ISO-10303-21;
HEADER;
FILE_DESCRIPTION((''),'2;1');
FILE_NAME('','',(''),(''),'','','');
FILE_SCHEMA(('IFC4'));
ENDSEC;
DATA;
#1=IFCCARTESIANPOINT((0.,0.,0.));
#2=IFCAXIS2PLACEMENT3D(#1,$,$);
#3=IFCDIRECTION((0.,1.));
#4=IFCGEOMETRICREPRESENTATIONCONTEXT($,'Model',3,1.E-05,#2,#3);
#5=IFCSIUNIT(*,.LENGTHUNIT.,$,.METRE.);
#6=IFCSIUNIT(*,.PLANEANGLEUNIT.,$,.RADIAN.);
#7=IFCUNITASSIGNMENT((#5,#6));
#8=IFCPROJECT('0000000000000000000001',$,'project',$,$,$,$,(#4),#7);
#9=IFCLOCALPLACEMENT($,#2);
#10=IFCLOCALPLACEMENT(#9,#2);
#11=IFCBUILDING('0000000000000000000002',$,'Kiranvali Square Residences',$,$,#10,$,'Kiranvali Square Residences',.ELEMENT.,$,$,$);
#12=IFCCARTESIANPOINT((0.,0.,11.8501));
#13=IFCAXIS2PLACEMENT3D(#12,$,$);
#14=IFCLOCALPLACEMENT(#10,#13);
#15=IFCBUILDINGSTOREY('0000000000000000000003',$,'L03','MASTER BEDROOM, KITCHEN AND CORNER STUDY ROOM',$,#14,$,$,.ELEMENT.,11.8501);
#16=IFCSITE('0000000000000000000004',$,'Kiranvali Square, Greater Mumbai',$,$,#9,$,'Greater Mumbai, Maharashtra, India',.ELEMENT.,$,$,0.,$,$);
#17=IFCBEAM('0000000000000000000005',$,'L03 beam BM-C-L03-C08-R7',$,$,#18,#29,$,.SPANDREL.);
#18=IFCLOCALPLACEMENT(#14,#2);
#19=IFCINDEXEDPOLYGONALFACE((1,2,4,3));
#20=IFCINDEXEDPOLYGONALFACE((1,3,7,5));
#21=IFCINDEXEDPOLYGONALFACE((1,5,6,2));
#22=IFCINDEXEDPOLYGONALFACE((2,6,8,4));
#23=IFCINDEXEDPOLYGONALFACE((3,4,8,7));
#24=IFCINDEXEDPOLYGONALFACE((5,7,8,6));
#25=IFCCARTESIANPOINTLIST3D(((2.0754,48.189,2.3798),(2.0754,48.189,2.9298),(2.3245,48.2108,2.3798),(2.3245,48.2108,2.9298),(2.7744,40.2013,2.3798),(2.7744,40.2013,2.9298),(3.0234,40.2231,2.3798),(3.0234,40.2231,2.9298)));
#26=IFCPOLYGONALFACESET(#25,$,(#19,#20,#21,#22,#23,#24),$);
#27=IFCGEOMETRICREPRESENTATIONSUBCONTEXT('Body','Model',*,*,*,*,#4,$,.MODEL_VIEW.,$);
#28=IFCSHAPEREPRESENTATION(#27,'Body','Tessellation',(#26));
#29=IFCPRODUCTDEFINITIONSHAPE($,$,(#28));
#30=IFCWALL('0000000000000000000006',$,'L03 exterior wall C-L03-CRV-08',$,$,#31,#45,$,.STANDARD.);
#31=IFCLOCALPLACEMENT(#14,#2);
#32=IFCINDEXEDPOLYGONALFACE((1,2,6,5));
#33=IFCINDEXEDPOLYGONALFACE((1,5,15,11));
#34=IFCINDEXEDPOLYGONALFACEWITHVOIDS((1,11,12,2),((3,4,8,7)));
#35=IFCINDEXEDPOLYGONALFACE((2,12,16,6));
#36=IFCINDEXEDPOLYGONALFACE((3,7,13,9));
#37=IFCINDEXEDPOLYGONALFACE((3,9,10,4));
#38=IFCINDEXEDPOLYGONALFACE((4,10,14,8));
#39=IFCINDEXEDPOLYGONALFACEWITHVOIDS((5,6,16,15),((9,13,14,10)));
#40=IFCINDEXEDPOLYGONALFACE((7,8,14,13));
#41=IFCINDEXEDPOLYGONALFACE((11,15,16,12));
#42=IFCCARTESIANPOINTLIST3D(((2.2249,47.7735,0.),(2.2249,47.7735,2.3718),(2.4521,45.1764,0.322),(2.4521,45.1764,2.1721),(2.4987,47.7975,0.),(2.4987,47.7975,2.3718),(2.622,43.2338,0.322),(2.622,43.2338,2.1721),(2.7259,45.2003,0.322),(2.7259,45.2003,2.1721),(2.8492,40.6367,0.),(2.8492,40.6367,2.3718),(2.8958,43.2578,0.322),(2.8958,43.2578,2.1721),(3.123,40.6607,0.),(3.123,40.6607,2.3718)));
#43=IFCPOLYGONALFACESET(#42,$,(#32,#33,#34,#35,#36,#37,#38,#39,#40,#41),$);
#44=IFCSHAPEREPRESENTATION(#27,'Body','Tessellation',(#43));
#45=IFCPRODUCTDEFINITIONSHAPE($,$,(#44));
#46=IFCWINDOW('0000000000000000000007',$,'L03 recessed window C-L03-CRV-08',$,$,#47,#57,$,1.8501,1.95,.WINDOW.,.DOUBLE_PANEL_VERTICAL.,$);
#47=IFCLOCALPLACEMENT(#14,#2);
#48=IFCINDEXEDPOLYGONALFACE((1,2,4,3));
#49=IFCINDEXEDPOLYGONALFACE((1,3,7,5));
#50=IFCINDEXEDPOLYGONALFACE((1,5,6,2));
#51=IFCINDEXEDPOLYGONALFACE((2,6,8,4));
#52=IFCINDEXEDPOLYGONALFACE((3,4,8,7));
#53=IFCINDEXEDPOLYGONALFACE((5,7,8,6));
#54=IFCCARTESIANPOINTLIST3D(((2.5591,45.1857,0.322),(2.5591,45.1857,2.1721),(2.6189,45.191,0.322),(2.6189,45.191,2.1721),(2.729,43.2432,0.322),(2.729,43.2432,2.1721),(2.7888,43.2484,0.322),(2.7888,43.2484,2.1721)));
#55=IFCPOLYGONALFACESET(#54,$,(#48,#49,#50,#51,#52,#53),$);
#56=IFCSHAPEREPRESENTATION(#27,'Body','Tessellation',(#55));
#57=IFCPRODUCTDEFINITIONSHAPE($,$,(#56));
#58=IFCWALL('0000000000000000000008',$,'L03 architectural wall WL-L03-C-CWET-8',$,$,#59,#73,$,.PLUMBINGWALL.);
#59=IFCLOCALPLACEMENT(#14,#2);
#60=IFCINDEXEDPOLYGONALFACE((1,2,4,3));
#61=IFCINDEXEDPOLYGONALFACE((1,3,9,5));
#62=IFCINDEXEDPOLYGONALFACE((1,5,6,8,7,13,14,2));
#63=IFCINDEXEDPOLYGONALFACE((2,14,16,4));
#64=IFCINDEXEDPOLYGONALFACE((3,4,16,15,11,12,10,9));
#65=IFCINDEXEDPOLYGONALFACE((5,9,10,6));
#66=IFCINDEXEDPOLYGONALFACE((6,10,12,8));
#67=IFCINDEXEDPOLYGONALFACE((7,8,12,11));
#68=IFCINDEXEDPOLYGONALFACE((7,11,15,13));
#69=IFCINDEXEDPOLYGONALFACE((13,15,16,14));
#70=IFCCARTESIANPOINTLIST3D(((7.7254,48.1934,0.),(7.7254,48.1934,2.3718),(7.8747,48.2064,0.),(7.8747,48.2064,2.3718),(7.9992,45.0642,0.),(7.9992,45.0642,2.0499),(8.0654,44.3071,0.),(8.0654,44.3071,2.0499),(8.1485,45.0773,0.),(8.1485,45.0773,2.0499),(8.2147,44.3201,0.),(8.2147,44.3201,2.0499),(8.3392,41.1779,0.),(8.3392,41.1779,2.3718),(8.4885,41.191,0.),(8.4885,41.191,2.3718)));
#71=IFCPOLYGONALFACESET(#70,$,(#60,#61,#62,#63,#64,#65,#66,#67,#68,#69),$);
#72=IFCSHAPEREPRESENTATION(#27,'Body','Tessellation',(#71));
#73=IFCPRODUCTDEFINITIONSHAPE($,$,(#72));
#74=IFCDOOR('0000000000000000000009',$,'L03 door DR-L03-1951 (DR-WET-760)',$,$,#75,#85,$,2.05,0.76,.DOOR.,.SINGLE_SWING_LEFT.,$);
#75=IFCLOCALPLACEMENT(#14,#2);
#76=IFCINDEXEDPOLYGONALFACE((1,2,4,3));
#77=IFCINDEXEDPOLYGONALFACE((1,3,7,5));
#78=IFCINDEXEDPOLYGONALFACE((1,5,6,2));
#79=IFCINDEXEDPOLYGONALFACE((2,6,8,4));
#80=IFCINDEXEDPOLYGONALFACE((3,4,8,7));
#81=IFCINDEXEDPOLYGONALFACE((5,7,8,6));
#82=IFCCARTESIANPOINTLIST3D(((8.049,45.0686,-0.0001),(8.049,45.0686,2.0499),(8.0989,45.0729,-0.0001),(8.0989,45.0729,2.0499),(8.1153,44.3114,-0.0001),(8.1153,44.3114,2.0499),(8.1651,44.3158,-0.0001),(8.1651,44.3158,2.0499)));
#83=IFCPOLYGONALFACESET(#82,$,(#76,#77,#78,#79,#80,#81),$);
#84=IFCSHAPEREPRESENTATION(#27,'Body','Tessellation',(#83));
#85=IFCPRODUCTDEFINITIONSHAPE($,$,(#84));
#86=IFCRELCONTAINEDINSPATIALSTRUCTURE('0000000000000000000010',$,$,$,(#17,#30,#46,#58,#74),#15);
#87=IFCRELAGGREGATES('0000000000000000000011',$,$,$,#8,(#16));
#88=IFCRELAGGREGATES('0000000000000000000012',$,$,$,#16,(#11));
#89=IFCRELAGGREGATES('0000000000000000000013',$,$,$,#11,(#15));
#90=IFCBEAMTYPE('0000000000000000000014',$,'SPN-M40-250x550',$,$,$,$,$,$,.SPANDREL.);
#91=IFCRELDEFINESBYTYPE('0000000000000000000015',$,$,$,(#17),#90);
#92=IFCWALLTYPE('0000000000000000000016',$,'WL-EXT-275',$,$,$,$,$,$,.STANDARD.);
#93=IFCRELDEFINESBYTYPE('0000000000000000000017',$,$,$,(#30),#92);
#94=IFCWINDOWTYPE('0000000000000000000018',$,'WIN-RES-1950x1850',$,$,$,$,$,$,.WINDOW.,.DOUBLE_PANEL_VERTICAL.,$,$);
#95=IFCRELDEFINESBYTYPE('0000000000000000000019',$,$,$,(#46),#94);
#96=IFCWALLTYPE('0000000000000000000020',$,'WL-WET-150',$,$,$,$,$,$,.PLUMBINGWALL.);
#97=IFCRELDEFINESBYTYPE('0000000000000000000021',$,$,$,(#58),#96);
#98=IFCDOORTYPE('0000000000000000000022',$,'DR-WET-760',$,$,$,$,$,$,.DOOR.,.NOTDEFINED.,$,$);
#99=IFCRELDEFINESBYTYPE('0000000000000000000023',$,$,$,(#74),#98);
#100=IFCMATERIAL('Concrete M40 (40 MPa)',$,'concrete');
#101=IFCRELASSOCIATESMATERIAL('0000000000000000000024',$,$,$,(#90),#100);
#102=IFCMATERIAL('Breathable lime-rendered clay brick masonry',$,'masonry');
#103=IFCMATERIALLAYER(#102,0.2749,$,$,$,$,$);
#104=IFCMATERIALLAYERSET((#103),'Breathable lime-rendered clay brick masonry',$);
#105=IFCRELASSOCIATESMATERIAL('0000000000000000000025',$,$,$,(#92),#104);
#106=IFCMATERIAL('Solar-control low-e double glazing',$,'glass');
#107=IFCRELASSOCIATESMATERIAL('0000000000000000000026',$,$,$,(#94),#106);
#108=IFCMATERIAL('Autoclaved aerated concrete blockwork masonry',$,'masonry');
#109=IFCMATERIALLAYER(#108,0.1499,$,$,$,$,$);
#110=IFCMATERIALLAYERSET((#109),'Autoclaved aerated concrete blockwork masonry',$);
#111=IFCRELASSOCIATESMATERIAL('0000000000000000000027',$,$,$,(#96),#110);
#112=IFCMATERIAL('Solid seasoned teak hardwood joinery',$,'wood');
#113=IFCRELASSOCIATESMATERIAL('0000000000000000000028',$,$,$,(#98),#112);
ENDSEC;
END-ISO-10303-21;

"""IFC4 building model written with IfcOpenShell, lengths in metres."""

from ifc_helpers import new_model, si_unit, direction, frame, frame_2d, origin, origin_2d, place, context, subcontext, project, spatial, rectangle, extrude, material, layer, layer_set, material_profile, profile_set, type_object, element, fill, save


model = new_model("IFC4")

# Units and contexts
model_context = context("Model", 3, precision=1e-05, world=origin(), true_north=direction((0.0, 1.0)))
body_context = subcontext(model_context, "Body", "Model", "MODEL_VIEW")
ifc_project = project(units=[si_unit("LENGTHUNIT", "METRE"), si_unit("PLANEANGLEUNIT", "RADIAN")], contexts=[model_context])

# Site, building, storey
site_placement = place(None, origin())
site = spatial("IfcSite", under=ifc_project, at=site_placement, Name="Kiranvali Square, Greater Mumbai", LongName="Greater Mumbai, Maharashtra, India", CompositionType="ELEMENT", RefElevation=0.0)
building_placement = place(site_placement, origin())
building = spatial("IfcBuilding", under=site, at=building_placement, Name="Kiranvali Square Residences", LongName="Kiranvali Square Residences", CompositionType="ELEMENT")
storey_placement = place(building_placement, frame((0.0, 0.0, 11.8501)))
storey = spatial("IfcBuildingStorey", under=building, at=storey_placement, Name="L03", Description="MASTER BEDROOM, KITCHEN AND CORNER STUDY ROOM", CompositionType="ELEMENT", Elevation=11.8501)

# Beam
ifc_material_1 = material(Name="Concrete M40 (40 MPa)", Category="concrete")
ifc_material_profile_1 = material_profile(ifc_material_1, rectangle(XDim=0.25, YDim=0.55, at=origin_2d()), Name="RC 250x550")
ifc_profile_set_1 = profile_set([ifc_material_profile_1], Name="Concrete M40 (40 MPa)")
beam_type_1 = type_object("IfcBeamType", Name="SPN-M40-250x550", PredefinedType="SPANDREL", material=ifc_profile_set_1)
beam_1_placement = place(storey_placement, frame((2.8989, 40.2122, 2.6548), z_axis=(-0.087172, 0.996193, 0.0), x_axis=(-0.996193, -0.087172, 0.0)))
element("IfcBeam", 1, at=beam_1_placement, inside=storey, type_object=beam_type_1, Name="L03 beam BM-C-L03-C08-R7", PredefinedType="SPANDREL", context=body_context, shape_type="SweptSolid", body=[
    extrude(rectangle(XDim=0.25, YDim=0.55, at=origin_2d()), origin(), (0.0, 0.0, 1.0), 8.0183),
])

# Wall, opening, window
ifc_material_2 = material(Name="Breathable lime-rendered clay brick masonry", Category="masonry")
ifc_layer_1 = layer(ifc_material_2, 0.2749)
ifc_layer_set_1 = layer_set([ifc_layer_1], Name="Breathable lime-rendered clay brick masonry")
wall_type_1 = type_object("IfcWallType", Name="WL-EXT-275", PredefinedType="STANDARD", material=ifc_layer_set_1)
wall_1_placement = place(storey_placement, frame((2.9861, 40.6487, 0.0), z_axis=(0.0, 0.0, 1.0), x_axis=(-0.08714, 0.996196, 0.0)))
wall_1 = element("IfcWall", 2, at=wall_1_placement, inside=storey, type_object=wall_type_1, Name="L03 exterior wall C-L03-CRV-08", PredefinedType="STANDARD", context=body_context, shape_type="SweptSolid", body=[
    extrude(rectangle(XDim=7.1641, YDim=0.2749, at=frame_2d((3.582, 0.0))), origin(), (0.0, 0.0, 1.0), 2.3718),
])
opening_1_placement = place(wall_1_placement, frame((2.6069, 0.0, 0.322)))
opening_1 = element("IfcOpeningElement", 3, at=opening_1_placement, cuts=wall_1, PredefinedType="OPENING", context=body_context, shape_type="SweptSolid", body=[
    extrude(rectangle(XDim=1.95, YDim=1.8501, at=frame_2d((0.9751, 0.925))), frame((0.0, 0.1475, 0.0), z_axis=(0.0, -1.0, 0.0), x_axis=(1.0, 0.0, 0.0)), (0.0, 0.0, 1.0), 0.2949),
])
ifc_material_3 = material(Name="Solar-control low-e double glazing", Category="glass")
window_type = type_object("IfcWindowType", Name="WIN-RES-1950x1850", PartitioningType="DOUBLE_PANEL_VERTICAL", PredefinedType="WINDOW", material=ifc_material_3)
window_placement = place(opening_1_placement, origin())
window = element("IfcWindow", 4, at=window_placement, inside=storey, type_object=window_type, Name="L03 recessed window C-L03-CRV-08", OverallHeight=1.8501, OverallWidth=1.95, PartitioningType="DOUBLE_PANEL_VERTICAL", PredefinedType="WINDOW", context=body_context, shape_type="SweptSolid", body=[
    extrude(rectangle(XDim=1.95, YDim=1.8501, at=frame_2d((0.9751, 0.925))), frame((0.0, 0.03, 0.0), z_axis=(0.0, -1.0, 0.0), x_axis=(1.0, 0.0, 0.0)), (0.0, 0.0, 1.0), 0.0601),
])
fill(opening_1, window)

# Wall, opening, door
ifc_material_4 = material(Name="Autoclaved aerated concrete blockwork masonry", Category="masonry")
ifc_layer_2 = layer(ifc_material_4, 0.1499)
ifc_layer_set_2 = layer_set([ifc_layer_2], Name="Autoclaved aerated concrete blockwork masonry")
wall_type_2 = type_object("IfcWallType", Name="WL-WET-150", PredefinedType="PLUMBINGWALL", material=ifc_layer_set_2)
wall_2_placement = place(storey_placement, frame((8.4138, 41.1846, 0.0), z_axis=(0.0, 0.0, 1.0), x_axis=(-0.087156, 0.996195, 0.0)))
wall_2 = element("IfcWall", 5, at=wall_2_placement, inside=storey, type_object=wall_type_2, Name="L03 architectural wall WL-L03-C-CWET-8", PredefinedType="PLUMBINGWALL", context=body_context, shape_type="SweptSolid", body=[
    extrude(rectangle(XDim=7.0422, YDim=0.1499, at=frame_2d((3.521, 0.0))), origin(), (0.0, 0.0, 1.0), 2.3718),
])
opening_2_placement = place(wall_2_placement, frame((3.1411, 0.0, 0.0)))
opening_2 = element("IfcOpeningElement", 6, at=opening_2_placement, cuts=wall_2, PredefinedType="OPENING", context=body_context, shape_type="SweptSolid", body=[
    extrude(rectangle(XDim=0.76, YDim=2.05, at=frame_2d((0.3799, 1.0249))), frame((0.0, 0.085, 0.0), z_axis=(0.0, -1.0, 0.0), x_axis=(1.0, 0.0, 0.0)), (0.0, 0.0, 1.0), 0.1699),
])
ifc_material_5 = material(Name="Solid seasoned teak hardwood joinery", Category="wood")
door_type = type_object("IfcDoorType", Name="DR-WET-760", OperationType="NOTDEFINED", PredefinedType="DOOR", material=ifc_material_5)
door_placement = place(opening_2_placement, origin())
door = element("IfcDoor", 7, at=door_placement, inside=storey, type_object=door_type, Name="L03 door DR-L03-1951 (DR-WET-760)", OperationType="SINGLE_SWING_LEFT", OverallHeight=2.05, OverallWidth=0.76, PredefinedType="DOOR", context=body_context, shape_type="SweptSolid", body=[
    extrude(rectangle(XDim=0.76, YDim=2.05, at=frame_2d((0.3799, 1.0249))), frame((0.0, 0.0249, 0.0), z_axis=(0.0, -1.0, 0.0), x_axis=(1.0, 0.0, 0.0)), (0.0, 0.0, 1.0), 0.05),
])
fill(opening_2, door)

save(model, "model.ifc")
